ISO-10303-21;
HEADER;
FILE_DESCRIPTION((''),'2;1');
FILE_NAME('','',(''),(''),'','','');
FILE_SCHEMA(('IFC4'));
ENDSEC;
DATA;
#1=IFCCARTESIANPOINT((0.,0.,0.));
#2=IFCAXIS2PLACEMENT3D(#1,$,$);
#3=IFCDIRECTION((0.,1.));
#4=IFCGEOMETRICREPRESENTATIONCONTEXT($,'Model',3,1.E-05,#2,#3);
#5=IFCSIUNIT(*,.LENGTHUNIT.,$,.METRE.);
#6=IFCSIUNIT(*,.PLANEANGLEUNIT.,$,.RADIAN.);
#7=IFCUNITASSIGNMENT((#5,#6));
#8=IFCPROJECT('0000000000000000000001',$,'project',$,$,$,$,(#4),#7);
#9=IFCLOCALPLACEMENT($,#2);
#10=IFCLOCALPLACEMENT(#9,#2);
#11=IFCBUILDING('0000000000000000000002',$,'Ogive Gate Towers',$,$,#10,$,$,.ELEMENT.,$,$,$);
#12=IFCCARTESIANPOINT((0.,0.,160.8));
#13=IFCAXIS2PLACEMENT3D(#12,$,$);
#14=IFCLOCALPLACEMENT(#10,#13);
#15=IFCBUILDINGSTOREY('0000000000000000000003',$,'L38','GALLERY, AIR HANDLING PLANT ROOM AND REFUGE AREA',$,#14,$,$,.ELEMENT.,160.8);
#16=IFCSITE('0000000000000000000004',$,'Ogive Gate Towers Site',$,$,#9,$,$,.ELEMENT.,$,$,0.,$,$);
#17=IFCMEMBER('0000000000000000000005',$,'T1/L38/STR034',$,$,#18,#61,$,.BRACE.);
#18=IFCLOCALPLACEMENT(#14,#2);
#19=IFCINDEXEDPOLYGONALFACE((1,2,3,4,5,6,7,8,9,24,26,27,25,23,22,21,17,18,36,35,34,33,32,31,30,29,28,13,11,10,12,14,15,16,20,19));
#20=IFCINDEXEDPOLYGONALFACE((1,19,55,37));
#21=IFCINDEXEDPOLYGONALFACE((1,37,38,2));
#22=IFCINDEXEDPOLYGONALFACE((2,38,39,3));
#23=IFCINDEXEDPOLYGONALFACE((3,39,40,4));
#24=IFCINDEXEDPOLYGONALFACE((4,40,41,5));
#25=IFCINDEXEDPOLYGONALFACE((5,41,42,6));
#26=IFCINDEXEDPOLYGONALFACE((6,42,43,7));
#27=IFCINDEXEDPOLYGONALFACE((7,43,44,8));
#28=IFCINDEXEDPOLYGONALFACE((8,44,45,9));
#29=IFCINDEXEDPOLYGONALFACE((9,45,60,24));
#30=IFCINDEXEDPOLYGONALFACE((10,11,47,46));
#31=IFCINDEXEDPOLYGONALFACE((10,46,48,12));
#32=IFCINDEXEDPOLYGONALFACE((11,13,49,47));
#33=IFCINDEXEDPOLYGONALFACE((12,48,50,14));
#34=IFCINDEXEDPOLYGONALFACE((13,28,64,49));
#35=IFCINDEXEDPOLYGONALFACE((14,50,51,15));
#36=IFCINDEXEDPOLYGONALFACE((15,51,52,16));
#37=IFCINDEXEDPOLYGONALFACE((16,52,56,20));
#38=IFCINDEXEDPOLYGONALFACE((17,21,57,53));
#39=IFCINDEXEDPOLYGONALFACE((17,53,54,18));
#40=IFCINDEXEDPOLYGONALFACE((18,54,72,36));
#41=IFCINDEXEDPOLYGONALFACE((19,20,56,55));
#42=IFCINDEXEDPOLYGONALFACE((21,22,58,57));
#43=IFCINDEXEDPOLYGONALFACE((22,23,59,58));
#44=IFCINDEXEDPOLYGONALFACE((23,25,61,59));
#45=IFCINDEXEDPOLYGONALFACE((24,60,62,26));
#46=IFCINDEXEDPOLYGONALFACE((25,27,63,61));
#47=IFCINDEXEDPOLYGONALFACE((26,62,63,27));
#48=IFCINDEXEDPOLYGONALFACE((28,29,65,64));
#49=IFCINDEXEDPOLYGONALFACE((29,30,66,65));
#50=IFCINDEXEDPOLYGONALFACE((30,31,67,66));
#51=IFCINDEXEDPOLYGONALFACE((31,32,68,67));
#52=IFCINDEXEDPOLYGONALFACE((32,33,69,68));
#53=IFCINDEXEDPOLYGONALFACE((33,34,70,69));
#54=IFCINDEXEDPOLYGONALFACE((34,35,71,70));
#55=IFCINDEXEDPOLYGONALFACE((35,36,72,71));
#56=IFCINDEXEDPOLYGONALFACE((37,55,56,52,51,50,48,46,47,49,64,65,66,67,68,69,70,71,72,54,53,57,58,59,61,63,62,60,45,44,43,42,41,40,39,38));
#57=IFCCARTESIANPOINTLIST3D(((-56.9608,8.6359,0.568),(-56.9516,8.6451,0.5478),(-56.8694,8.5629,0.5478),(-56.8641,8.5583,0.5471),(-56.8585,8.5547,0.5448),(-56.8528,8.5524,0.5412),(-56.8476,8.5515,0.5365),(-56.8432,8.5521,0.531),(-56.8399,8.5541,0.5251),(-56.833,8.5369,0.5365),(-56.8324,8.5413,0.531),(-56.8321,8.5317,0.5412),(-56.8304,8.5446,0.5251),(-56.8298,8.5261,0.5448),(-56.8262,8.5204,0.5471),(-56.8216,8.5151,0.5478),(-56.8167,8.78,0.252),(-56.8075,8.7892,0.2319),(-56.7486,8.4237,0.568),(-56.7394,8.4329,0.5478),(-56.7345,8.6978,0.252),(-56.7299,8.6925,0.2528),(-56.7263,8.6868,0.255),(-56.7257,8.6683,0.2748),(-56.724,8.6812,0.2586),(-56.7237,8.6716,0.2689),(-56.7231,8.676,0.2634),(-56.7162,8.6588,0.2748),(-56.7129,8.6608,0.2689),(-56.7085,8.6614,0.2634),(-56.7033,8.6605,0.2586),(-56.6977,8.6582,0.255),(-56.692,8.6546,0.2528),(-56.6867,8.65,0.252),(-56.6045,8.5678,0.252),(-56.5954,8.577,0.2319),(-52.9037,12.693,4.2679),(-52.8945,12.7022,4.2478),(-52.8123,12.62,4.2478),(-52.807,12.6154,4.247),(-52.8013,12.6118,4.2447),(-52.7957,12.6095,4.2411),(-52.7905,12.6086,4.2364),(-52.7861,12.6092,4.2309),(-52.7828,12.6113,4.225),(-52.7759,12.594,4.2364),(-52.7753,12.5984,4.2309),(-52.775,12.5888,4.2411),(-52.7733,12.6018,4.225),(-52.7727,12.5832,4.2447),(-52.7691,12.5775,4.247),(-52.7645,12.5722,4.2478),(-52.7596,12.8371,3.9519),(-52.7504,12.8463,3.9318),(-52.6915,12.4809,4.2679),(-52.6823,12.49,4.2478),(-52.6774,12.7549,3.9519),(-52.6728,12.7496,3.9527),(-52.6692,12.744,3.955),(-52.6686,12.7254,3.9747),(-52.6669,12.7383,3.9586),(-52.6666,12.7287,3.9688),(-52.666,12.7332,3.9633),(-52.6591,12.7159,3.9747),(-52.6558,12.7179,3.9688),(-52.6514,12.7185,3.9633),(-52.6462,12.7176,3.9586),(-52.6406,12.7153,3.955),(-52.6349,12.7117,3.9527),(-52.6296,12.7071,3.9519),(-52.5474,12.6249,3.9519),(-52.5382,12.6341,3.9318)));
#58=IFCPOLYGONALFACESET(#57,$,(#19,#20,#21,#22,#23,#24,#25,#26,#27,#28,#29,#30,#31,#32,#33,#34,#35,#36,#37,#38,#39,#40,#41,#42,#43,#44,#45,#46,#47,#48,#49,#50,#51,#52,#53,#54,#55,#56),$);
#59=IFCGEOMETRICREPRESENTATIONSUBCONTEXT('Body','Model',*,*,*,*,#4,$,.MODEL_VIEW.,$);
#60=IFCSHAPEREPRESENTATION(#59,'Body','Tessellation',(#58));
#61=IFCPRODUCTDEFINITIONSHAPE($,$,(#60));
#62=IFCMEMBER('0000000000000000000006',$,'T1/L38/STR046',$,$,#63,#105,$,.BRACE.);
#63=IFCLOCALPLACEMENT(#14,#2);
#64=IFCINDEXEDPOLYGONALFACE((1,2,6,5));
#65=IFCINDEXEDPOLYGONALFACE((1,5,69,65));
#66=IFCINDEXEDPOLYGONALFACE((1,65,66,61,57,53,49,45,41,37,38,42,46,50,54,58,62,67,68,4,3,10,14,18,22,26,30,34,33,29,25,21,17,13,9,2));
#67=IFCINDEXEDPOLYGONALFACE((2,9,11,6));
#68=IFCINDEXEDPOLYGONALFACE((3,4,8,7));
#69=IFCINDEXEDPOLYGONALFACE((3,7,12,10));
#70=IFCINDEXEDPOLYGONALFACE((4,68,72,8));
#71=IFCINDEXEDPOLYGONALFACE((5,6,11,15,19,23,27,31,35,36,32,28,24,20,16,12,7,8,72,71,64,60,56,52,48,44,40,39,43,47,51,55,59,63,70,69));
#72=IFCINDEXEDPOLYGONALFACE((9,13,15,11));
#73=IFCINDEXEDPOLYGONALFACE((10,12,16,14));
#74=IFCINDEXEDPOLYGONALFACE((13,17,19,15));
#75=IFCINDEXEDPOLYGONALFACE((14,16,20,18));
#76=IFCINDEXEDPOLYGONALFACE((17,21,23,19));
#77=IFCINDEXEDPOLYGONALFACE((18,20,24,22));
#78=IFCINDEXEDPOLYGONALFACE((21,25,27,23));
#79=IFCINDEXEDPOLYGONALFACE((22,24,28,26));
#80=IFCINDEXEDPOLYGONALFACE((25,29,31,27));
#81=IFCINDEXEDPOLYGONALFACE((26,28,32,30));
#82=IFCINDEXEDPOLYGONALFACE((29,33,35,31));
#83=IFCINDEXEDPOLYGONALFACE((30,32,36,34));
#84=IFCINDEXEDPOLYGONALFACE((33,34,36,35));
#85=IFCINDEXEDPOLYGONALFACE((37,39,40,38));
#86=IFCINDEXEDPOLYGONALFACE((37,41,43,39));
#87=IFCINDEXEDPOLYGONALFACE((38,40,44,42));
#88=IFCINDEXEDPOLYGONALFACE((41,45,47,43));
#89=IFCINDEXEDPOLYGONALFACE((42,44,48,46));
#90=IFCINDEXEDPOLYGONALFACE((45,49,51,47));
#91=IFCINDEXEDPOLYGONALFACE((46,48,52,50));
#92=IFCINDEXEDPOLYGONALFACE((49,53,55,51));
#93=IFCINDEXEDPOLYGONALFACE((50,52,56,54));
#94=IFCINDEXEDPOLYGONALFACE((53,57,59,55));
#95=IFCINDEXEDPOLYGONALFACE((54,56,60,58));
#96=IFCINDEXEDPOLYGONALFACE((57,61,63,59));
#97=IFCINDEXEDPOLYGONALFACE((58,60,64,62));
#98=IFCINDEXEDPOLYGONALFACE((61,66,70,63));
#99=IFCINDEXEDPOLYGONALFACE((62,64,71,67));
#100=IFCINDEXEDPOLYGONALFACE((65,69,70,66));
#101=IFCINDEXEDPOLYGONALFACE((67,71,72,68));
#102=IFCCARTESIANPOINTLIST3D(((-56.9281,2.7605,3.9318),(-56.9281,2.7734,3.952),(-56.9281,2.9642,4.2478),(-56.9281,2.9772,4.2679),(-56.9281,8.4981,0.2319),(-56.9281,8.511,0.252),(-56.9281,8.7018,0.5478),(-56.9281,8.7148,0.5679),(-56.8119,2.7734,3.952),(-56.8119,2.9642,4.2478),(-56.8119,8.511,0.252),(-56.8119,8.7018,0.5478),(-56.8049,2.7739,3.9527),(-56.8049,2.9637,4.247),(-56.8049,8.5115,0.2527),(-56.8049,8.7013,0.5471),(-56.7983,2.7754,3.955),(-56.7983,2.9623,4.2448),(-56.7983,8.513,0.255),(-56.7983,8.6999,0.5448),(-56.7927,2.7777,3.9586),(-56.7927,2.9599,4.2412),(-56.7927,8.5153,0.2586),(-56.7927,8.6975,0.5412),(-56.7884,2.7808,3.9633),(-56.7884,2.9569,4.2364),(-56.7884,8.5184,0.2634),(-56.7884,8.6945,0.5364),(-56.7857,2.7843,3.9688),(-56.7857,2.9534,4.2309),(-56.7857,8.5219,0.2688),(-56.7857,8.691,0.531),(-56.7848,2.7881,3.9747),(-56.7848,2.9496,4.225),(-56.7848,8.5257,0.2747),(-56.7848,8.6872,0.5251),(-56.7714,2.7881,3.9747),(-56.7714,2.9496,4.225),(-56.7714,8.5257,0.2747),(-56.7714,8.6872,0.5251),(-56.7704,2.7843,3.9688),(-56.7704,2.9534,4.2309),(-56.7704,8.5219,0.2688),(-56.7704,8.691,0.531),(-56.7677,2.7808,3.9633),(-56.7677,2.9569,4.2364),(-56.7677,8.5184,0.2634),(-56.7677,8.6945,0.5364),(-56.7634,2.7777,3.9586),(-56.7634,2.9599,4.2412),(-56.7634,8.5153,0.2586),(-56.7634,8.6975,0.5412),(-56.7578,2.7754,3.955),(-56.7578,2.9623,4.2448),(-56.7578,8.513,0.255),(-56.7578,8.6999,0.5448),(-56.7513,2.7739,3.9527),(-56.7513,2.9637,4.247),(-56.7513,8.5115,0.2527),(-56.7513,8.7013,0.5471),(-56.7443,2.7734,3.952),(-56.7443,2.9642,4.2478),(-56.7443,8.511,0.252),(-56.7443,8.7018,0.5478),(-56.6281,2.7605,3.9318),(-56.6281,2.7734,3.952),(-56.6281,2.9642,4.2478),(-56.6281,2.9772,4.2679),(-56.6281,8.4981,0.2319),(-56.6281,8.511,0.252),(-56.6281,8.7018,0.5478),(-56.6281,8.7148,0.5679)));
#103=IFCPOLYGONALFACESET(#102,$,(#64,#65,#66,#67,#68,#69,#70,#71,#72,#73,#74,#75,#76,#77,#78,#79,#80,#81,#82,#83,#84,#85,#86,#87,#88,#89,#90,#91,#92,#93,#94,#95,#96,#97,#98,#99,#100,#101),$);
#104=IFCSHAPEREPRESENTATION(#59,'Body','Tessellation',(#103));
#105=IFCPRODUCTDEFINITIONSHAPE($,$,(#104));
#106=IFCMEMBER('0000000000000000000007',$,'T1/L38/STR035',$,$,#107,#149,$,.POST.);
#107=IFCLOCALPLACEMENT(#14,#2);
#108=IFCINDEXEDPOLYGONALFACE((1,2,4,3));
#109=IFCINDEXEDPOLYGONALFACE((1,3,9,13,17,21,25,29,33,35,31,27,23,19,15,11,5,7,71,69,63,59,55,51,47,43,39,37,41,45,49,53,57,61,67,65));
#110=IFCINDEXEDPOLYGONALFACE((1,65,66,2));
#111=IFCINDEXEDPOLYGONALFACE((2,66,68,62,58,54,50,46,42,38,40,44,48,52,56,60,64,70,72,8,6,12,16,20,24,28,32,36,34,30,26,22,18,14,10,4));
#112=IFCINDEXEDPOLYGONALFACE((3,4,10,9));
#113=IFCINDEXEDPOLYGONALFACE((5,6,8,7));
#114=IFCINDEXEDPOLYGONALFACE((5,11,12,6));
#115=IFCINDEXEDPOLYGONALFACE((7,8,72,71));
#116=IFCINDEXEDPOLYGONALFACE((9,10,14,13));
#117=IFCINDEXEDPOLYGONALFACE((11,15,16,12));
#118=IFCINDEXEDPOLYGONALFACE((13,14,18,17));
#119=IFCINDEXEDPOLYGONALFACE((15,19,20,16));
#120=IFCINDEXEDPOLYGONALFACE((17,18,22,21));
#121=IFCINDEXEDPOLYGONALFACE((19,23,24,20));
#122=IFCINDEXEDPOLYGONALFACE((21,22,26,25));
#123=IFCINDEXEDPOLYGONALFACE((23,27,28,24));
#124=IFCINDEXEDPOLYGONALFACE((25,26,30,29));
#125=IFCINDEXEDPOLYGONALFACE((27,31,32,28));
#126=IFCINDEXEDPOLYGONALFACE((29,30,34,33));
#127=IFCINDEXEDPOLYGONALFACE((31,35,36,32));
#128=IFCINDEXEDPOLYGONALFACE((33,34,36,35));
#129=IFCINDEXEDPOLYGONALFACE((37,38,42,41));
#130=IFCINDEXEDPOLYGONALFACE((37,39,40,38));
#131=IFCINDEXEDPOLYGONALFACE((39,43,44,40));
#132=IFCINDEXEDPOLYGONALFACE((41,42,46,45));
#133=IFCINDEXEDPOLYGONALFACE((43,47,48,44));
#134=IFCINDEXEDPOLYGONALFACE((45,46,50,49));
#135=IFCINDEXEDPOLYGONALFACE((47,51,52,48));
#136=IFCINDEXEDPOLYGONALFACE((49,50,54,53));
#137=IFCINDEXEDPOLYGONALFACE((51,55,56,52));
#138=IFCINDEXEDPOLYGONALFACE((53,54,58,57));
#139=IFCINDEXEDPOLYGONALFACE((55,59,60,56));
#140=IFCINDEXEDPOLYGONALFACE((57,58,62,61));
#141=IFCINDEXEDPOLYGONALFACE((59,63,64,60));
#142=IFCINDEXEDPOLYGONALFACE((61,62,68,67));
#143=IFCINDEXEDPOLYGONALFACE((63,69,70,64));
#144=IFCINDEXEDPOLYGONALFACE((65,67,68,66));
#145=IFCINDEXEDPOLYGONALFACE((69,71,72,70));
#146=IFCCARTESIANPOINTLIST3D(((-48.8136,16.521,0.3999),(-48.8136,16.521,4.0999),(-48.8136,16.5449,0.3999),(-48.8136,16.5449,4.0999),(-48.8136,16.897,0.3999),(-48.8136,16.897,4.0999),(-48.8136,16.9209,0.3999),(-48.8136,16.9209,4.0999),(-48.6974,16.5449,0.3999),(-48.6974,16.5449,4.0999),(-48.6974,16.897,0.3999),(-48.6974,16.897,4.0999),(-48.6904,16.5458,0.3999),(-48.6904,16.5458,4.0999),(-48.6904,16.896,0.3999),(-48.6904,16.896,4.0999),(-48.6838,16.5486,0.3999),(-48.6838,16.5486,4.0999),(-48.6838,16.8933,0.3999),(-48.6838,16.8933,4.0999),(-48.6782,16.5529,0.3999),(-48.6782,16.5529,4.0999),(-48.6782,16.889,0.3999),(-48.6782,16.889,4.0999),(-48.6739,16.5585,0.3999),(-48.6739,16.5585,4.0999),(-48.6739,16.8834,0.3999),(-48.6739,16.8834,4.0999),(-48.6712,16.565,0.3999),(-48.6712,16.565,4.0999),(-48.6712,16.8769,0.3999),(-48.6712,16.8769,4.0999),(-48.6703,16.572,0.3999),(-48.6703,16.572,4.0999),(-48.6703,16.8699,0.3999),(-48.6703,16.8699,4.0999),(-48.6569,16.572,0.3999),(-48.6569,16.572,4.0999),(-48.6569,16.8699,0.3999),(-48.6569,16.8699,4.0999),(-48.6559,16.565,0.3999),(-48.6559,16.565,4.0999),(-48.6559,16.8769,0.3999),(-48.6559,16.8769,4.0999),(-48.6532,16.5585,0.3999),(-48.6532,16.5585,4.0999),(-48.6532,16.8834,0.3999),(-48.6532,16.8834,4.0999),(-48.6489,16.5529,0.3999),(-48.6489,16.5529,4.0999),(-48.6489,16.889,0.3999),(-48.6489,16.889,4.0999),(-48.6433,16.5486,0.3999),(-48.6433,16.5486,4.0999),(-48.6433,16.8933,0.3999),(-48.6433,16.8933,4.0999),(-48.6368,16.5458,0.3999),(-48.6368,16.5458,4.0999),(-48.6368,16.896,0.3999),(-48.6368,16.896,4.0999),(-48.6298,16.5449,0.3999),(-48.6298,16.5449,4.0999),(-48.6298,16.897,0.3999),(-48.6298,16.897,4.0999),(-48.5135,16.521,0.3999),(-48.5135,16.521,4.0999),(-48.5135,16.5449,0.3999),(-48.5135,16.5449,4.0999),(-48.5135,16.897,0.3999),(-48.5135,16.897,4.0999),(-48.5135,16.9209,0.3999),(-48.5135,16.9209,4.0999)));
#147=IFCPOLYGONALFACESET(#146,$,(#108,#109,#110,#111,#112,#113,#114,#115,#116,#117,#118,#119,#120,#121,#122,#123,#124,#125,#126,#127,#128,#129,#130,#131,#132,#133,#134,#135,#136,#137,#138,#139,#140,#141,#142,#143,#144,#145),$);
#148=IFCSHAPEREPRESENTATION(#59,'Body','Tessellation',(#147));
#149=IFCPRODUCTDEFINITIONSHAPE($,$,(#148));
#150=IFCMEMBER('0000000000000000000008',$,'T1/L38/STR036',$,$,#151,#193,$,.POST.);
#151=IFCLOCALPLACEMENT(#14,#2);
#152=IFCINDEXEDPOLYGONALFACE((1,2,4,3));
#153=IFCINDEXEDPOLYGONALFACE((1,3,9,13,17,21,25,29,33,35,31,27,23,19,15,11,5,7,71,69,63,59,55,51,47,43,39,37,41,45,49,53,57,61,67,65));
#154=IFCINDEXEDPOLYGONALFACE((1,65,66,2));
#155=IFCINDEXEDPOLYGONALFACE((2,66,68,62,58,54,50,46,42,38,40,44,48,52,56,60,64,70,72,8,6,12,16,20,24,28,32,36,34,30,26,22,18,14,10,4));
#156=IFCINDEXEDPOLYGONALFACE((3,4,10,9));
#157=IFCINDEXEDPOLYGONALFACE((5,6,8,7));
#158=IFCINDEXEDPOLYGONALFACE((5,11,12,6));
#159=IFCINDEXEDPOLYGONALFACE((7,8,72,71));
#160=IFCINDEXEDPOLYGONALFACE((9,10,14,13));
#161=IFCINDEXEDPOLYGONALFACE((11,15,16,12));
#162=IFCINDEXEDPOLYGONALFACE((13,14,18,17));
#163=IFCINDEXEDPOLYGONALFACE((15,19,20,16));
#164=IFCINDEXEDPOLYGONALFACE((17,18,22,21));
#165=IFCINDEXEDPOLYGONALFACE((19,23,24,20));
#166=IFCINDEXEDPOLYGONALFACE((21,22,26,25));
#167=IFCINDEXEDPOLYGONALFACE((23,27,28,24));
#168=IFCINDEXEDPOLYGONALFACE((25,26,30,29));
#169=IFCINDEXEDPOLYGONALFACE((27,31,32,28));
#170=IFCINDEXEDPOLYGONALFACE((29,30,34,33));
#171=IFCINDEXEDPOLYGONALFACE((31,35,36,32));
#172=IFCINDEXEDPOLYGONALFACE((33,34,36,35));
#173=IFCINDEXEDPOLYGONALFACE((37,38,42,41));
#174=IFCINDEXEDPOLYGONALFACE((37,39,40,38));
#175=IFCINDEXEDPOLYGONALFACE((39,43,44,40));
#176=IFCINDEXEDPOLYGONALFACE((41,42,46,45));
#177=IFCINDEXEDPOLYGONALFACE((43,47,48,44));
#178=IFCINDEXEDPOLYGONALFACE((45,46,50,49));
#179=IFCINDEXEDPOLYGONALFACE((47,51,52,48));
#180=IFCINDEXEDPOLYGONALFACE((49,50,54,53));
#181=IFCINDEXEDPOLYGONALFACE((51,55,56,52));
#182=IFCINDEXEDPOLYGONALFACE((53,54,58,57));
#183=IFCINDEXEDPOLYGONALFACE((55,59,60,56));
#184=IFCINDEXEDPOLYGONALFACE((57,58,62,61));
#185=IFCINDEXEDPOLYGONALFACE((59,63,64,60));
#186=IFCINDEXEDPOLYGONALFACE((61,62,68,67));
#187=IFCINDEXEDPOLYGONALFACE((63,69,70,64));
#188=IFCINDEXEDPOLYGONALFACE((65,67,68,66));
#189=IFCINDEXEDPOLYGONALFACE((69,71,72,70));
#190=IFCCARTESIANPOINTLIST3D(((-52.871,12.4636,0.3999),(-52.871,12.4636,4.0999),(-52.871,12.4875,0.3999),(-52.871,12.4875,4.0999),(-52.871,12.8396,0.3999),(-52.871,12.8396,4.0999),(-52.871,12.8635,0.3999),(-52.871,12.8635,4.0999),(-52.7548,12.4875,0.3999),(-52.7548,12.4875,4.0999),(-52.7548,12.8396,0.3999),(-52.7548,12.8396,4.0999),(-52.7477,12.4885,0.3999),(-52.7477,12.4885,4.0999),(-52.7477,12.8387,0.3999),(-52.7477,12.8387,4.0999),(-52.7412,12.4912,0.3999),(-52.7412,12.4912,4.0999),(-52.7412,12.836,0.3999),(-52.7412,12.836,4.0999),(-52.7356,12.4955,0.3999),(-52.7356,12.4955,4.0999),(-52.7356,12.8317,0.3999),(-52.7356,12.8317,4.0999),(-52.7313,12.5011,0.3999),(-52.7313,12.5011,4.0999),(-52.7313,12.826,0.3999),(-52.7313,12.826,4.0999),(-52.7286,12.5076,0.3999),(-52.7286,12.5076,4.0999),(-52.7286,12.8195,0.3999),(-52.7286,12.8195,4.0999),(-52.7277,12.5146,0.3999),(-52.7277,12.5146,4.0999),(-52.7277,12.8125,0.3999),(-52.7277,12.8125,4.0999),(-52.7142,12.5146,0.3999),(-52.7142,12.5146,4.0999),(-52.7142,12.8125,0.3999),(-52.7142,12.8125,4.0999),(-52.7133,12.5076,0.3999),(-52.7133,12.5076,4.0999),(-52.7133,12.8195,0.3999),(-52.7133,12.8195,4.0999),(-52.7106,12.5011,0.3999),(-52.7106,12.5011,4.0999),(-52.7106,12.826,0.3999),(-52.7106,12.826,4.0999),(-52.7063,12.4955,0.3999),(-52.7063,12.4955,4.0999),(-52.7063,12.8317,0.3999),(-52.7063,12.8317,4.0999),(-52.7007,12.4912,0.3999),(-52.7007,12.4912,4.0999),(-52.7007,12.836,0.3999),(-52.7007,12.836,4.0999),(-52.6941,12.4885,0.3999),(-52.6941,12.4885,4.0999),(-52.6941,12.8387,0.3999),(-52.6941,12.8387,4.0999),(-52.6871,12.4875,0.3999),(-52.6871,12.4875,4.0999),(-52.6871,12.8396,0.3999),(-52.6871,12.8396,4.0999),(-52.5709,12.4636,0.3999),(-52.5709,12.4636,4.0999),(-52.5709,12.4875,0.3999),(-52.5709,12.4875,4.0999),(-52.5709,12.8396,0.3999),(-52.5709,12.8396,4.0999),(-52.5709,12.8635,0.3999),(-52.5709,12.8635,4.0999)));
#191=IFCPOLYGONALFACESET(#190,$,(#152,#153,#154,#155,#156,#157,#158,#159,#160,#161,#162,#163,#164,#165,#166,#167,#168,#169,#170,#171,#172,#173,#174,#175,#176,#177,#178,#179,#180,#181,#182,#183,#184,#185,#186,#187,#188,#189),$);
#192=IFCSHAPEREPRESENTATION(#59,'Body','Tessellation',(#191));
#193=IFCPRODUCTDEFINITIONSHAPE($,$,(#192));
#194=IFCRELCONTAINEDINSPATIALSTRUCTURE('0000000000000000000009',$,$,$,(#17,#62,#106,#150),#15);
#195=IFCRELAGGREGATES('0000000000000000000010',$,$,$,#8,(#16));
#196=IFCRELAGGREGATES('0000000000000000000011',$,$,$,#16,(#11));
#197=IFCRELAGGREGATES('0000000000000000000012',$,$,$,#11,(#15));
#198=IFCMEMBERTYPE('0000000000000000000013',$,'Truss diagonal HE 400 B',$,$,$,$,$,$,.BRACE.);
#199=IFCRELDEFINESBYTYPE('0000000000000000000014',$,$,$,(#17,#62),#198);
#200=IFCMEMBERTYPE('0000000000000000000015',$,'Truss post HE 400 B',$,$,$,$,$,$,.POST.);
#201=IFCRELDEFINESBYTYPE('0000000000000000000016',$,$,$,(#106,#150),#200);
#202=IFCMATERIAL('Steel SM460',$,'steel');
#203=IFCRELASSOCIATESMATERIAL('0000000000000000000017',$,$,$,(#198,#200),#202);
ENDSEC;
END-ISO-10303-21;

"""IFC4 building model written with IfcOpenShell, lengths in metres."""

from ifc_helpers import new_model, si_unit, direction, frame, origin, origin_2d, place, context, subcontext, project, spatial, i_section, extrude, material, material_profile, profile_set, type_object, element, save


model = new_model("IFC4")

# Units and contexts
model_context = context("Model", 3, precision=1e-05, world=origin(), true_north=direction((0.0, 1.0)))
body_context = subcontext(model_context, "Body", "Model", "MODEL_VIEW")
ifc_project = project(units=[si_unit("LENGTHUNIT", "METRE"), si_unit("PLANEANGLEUNIT", "RADIAN")], contexts=[model_context])

# Site, building, storey
site_placement = place(None, origin())
site = spatial("IfcSite", under=ifc_project, at=site_placement, Name="Ogive Gate Towers Site", CompositionType="ELEMENT", RefElevation=0.0)
building_placement = place(site_placement, origin())
building = spatial("IfcBuilding", under=site, at=building_placement, Name="Ogive Gate Towers", CompositionType="ELEMENT")
storey_placement = place(building_placement, frame((0.0, 0.0, 160.8)))
storey = spatial("IfcBuildingStorey", under=building, at=storey_placement, Name="L38", Description="GALLERY, AIR HANDLING PLANT ROOM AND REFUGE AREA", CompositionType="ELEMENT", Elevation=160.8)

# Shared definitions
ifc_material_1 = material(Name="Steel SM460", Category="steel")

# Members
ifc_material_profile_1 = material_profile(ifc_material_1, i_section(OverallWidth=0.3, OverallDepth=0.3999, WebThickness=0.0134, FlangeThickness=0.0239, FilletRadius=0.0271, at=origin_2d()), Name="HE 400 B")
ifc_profile_set_1 = profile_set([ifc_material_profile_1], Name="Steel SM460")
member_type_1 = type_object("IfcMemberType", Name="Truss diagonal HE 400 B", PredefinedType="BRACE", material=ifc_profile_set_1)
for number, where, z_axis, x_axis, name in (
    (1, (-52.7209, 12.6636, 4.0999), (-0.594262, -0.594262, -0.541945), (0.707107, -0.707107, 0.0), "T1/L38/STR034"),
    (2, (-56.7781, 8.6064, 0.3999), (0.0, -0.84041, 0.541952), (1.0, 0.0, 0.0), "T1/L38/STR046"),
):
    element("IfcMember", number, at=place(storey_placement, frame(where, z_axis=z_axis, x_axis=x_axis)), inside=storey, type_object=member_type_1, Name=name, PredefinedType="BRACE", context=body_context, shape_type="SweptSolid", body=[
        extrude(i_section(OverallWidth=0.3, OverallDepth=0.3999, WebThickness=0.0134, FlangeThickness=0.0239, FilletRadius=0.0271, at=origin_2d()), origin(), (0.0, 0.0, 1.0), 6.8271),
    ])
ifc_material_profile_2 = material_profile(ifc_material_1, i_section(OverallWidth=0.3, OverallDepth=0.3999, WebThickness=0.0134, FlangeThickness=0.0239, FilletRadius=0.0271, at=origin_2d()), Name="HE 400 B")
ifc_profile_set_2 = profile_set([ifc_material_profile_2], Name="Steel SM460")
member_type_2 = type_object("IfcMemberType", Name="Truss post HE 400 B", PredefinedType="POST", material=ifc_profile_set_2)
for number, where, z_axis, x_axis, name in (
    (3, (-48.6636, 16.7209, 0.3999), (0.0, 0.0, 1.0), (1.0, 0.0, 0.0), "T1/L38/STR035"),
    (4, (-52.7209, 12.6636, 0.3999), (0.0, 0.0, 1.0), (1.0, 0.0, 0.0), "T1/L38/STR036"),
):
    element("IfcMember", number, at=place(storey_placement, frame(where, z_axis=z_axis, x_axis=x_axis)), inside=storey, type_object=member_type_2, Name=name, PredefinedType="POST", context=body_context, shape_type="SweptSolid", body=[
        extrude(i_section(OverallWidth=0.3, OverallDepth=0.3999, WebThickness=0.0134, FlangeThickness=0.0239, FilletRadius=0.0271, at=origin_2d()), origin(), (0.0, 0.0, 1.0), 3.7),
    ])

save(model, "model.ifc")
